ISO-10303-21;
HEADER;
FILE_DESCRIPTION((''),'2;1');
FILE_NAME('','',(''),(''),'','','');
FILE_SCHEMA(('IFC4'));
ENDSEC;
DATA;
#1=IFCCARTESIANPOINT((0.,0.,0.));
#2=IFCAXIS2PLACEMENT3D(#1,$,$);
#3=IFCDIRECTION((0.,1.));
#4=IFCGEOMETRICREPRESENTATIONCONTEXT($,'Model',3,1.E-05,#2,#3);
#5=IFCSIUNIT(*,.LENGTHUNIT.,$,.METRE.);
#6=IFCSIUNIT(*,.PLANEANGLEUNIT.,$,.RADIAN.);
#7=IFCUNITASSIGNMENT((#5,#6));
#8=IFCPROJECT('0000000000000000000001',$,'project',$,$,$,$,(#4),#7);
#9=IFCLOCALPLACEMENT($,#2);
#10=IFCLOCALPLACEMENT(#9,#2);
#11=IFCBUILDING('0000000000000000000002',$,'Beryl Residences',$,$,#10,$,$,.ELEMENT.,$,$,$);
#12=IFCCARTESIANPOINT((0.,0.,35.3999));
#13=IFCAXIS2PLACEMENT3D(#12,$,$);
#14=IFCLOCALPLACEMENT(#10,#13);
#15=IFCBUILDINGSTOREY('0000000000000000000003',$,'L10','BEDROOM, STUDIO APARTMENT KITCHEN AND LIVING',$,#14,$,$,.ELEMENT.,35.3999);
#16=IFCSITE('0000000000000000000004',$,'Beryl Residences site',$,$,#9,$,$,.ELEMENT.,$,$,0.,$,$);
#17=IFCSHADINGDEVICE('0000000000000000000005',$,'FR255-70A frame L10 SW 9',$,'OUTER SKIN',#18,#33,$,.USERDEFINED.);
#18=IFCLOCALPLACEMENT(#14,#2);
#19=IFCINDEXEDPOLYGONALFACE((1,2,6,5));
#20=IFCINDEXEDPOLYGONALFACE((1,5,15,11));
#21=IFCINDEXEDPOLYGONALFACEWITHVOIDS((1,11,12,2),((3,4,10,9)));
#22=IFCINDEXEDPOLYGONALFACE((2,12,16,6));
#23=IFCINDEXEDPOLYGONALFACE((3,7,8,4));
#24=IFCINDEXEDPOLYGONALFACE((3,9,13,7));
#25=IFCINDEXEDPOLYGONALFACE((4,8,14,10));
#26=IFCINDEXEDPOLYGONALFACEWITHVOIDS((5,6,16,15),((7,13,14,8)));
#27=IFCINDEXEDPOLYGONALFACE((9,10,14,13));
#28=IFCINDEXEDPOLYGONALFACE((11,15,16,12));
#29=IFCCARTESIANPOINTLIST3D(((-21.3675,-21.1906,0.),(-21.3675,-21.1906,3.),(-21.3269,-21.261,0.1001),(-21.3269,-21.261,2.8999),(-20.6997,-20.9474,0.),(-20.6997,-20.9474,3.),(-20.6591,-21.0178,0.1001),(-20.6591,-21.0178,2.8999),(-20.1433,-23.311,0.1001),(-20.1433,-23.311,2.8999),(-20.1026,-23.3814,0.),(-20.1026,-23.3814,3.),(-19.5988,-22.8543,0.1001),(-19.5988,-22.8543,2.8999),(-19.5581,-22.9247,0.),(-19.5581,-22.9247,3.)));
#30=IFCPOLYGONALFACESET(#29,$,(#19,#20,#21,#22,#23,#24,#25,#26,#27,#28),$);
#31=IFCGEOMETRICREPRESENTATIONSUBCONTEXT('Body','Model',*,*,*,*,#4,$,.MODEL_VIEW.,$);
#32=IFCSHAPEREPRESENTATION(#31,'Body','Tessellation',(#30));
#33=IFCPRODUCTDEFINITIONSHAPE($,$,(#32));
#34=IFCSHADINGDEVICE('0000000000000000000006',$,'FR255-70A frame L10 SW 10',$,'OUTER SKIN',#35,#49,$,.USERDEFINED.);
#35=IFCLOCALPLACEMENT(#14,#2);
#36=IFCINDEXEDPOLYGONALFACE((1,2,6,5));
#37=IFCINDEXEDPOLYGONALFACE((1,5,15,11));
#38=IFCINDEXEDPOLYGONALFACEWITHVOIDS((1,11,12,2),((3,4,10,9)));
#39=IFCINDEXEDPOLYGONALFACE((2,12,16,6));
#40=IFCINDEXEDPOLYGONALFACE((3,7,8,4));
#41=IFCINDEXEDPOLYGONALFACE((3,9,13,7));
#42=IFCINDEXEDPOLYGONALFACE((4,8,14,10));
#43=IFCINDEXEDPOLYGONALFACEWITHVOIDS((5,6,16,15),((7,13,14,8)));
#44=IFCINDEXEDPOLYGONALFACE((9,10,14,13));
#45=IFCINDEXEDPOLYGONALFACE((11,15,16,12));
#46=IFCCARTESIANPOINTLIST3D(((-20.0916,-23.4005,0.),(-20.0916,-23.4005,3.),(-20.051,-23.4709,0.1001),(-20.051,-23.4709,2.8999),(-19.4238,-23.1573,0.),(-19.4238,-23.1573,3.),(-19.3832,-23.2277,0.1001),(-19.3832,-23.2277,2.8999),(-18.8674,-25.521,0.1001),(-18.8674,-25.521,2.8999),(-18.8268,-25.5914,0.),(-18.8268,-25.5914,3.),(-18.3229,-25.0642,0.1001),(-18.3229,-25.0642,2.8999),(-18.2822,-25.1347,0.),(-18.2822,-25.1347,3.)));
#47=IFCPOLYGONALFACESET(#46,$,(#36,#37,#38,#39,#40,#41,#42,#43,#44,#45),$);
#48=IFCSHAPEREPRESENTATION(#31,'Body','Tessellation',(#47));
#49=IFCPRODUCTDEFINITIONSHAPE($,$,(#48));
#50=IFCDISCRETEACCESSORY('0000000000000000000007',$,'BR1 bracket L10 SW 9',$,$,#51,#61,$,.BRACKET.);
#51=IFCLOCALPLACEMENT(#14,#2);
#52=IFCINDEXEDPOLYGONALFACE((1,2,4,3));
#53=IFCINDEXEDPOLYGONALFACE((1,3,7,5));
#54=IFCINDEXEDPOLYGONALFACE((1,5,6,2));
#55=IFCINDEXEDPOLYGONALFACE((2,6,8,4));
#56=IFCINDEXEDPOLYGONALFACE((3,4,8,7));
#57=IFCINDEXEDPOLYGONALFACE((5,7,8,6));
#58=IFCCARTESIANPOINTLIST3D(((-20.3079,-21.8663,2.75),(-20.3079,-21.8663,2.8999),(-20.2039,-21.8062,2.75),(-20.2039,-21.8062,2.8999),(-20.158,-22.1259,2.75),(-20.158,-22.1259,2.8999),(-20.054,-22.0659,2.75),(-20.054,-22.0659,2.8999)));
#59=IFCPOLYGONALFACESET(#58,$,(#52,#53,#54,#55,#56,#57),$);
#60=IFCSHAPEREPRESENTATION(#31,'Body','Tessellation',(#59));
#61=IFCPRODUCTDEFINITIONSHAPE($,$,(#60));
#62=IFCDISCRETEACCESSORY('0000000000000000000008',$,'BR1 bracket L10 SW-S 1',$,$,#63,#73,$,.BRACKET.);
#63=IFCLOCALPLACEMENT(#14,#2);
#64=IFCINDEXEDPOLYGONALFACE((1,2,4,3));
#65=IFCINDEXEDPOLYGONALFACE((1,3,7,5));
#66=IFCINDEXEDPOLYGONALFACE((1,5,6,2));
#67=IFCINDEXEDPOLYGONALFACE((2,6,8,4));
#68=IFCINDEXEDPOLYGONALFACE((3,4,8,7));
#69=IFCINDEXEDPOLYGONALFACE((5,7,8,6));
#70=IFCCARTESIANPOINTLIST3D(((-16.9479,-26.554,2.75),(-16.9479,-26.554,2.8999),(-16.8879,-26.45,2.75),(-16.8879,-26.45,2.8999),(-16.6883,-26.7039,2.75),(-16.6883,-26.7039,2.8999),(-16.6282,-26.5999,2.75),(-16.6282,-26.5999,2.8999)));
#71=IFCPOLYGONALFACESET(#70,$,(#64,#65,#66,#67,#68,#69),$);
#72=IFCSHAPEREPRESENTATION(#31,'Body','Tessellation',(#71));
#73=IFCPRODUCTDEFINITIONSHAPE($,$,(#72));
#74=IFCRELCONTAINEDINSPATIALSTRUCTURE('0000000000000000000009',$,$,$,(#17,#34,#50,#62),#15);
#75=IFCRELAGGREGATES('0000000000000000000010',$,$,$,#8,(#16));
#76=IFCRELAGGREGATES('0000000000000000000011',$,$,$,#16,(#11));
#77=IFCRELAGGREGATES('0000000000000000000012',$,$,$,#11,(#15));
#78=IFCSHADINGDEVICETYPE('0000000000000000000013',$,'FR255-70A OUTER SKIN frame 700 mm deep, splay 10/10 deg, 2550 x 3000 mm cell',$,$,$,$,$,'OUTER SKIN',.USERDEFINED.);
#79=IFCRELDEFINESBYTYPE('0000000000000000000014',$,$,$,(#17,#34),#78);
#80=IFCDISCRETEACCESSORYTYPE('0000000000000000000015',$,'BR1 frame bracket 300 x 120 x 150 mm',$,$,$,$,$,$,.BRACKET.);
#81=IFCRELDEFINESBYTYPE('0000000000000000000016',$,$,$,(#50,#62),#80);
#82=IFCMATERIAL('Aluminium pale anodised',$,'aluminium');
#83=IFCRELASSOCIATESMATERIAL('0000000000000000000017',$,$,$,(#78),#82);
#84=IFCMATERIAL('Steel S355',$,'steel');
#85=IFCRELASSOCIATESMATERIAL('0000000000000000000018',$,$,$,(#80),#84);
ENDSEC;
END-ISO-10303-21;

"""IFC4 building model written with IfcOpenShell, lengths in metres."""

from ifc_helpers import new_model, entity, si_unit, direction, frame, origin, place, context, subcontext, project, spatial, polyline, outline, extrude, source, transform, mapped, material, type_object, type_shapes, element, save


model = new_model("IFC4")

# Units and contexts
model_context = context("Model", 3, precision=1e-05, world=origin(), true_north=direction((0.0, 1.0)))
body_context = subcontext(model_context, "Body", "Model", "MODEL_VIEW")
ifc_project = project(units=[si_unit("LENGTHUNIT", "METRE"), si_unit("PLANEANGLEUNIT", "RADIAN")], contexts=[model_context])

# Site, building, storey
site_placement = place(None, origin())
site = spatial("IfcSite", under=ifc_project, at=site_placement, Name="Beryl Residences site", CompositionType="ELEMENT", RefElevation=0.0)
building_placement = place(site_placement, origin())
building = spatial("IfcBuilding", under=site, at=building_placement, Name="Beryl Residences", CompositionType="ELEMENT")
storey_placement = place(building_placement, frame((0.0, 0.0, 35.3999)))
storey = spatial("IfcBuildingStorey", under=building, at=storey_placement, Name="L10", Description="BEDROOM, STUDIO APARTMENT KITCHEN AND LIVING", CompositionType="ELEMENT", Elevation=35.3999)

# Shading devices
ifc_material_1 = material(Name="Aluminium pale anodised", Category="aluminium")
shading_device_type_1 = type_object("IfcShadingDeviceType", Name="FR255-70A OUTER SKIN frame 700 mm deep, splay 10/10 deg, 2550 x 3000 mm cell", ElementType="OUTER SKIN", PredefinedType="USERDEFINED", material=ifc_material_1)
cartesian_point_1 = entity("IfcCartesianPoint", [-1.1416, 0.0])
cartesian_point_2 = entity("IfcCartesianPoint", [-1.0603, 0.1001])
cartesian_point_3 = entity("IfcCartesianPoint", [-1.2649, 0.0])
cartesian_point_4 = entity("IfcCartesianPoint", [-1.1836, 0.1001])
shared_shape_1 = source(origin(), body_context, "Body", "SweptSolid", [
    entity("IfcExtrudedAreaSolidTapered", entity("IfcArbitraryProfileDefWithVoids", "AREA", None, entity("IfcPolyline", [cartesian_point_1, entity("IfcCartesianPoint", [1.1416, 0.0]), entity("IfcCartesianPoint", [1.1416, 3.0]), entity("IfcCartesianPoint", [-1.1416, 3.0]), cartesian_point_1]), [entity("IfcPolyline", [cartesian_point_2, entity("IfcCartesianPoint", [1.0603, 0.1001]), entity("IfcCartesianPoint", [1.0603, 2.8999]), entity("IfcCartesianPoint", [-1.0603, 2.8999]), cartesian_point_2])]), entity("IfcAxis2Placement3D", entity("IfcCartesianPoint", [0.0, 0.0, 0.0]), entity("IfcDirection", [0.0, 1.0, 0.0]), entity("IfcDirection", [-1.0, 0.0, 0.0])), entity("IfcDirection", [0.0, 0.0, 1.0]), 0.7, entity("IfcArbitraryProfileDefWithVoids", "AREA", None, entity("IfcPolyline", [cartesian_point_3, entity("IfcCartesianPoint", [1.2649, 0.0]), entity("IfcCartesianPoint", [1.2649, 3.0]), entity("IfcCartesianPoint", [-1.2649, 3.0]), cartesian_point_3]), [entity("IfcPolyline", [cartesian_point_4, entity("IfcCartesianPoint", [1.1836, 0.1001]), entity("IfcCartesianPoint", [1.1836, 2.8999]), entity("IfcCartesianPoint", [-1.1836, 2.8999]), cartesian_point_4])])),
])
type_shapes(shading_device_type_1, [shared_shape_1])
for number, where, z_axis, x_axis, name in (
    (1, (-20.1289, -21.936, 0.0), (0.0, 0.0, 1.0), (-0.5, 0.866025, 0.0), "FR255-70A frame L10 SW 9"),
    (2, (-18.853, -24.146, 0.0), (0.0, 0.0, 1.0), (-0.5, 0.866025, 0.0), "FR255-70A frame L10 SW 10"),
):
    element("IfcShadingDevice", number, at=place(storey_placement, frame(where, z_axis=z_axis, x_axis=x_axis)), inside=storey, type_object=shading_device_type_1, Name=name, ObjectType="OUTER SKIN", PredefinedType="USERDEFINED", context=body_context, shape_type="MappedRepresentation", body=[
        mapped(shared_shape_1, transform((0.0, 0.0, 0.0))),
    ])

# Discrete accessories
ifc_material_2 = material(Name="Steel S355", Category="steel")
discrete_accessory_type = type_object("IfcDiscreteAccessoryType", Name="BR1 frame bracket 300 x 120 x 150 mm", PredefinedType="BRACKET", material=ifc_material_2)
shared_shape_2 = source(origin(), body_context, "Body", "SweptSolid", [
    extrude(outline(polyline([(-0.1499, 0.0), (0.1499, 0.0), (0.1499, 0.1201), (-0.1499, 0.1201), (-0.1499, 0.0)])), origin(), (0.0, 0.0, 1.0), 0.1499),
])
type_shapes(discrete_accessory_type, [shared_shape_2])
for number, where, z_axis, x_axis, name in (
    (3, (-20.1289, -21.936, 2.75), (0.0, 0.0, 1.0), (-0.5, 0.866025, 0.0), "BR1 bracket L10 SW 9"),
    (4, (-16.7581, -26.5249, 2.75), (0.0, 0.0, 1.0), (-0.866025, 0.5, 0.0), "BR1 bracket L10 SW-S 1"),
):
    element("IfcDiscreteAccessory", number, at=place(storey_placement, frame(where, z_axis=z_axis, x_axis=x_axis)), inside=storey, type_object=discrete_accessory_type, Name=name, PredefinedType="BRACKET", context=body_context, shape_type="MappedRepresentation", body=[
        mapped(shared_shape_2, transform((0.0, 0.0, 0.0))),
    ])

save(model, "model.ifc")
